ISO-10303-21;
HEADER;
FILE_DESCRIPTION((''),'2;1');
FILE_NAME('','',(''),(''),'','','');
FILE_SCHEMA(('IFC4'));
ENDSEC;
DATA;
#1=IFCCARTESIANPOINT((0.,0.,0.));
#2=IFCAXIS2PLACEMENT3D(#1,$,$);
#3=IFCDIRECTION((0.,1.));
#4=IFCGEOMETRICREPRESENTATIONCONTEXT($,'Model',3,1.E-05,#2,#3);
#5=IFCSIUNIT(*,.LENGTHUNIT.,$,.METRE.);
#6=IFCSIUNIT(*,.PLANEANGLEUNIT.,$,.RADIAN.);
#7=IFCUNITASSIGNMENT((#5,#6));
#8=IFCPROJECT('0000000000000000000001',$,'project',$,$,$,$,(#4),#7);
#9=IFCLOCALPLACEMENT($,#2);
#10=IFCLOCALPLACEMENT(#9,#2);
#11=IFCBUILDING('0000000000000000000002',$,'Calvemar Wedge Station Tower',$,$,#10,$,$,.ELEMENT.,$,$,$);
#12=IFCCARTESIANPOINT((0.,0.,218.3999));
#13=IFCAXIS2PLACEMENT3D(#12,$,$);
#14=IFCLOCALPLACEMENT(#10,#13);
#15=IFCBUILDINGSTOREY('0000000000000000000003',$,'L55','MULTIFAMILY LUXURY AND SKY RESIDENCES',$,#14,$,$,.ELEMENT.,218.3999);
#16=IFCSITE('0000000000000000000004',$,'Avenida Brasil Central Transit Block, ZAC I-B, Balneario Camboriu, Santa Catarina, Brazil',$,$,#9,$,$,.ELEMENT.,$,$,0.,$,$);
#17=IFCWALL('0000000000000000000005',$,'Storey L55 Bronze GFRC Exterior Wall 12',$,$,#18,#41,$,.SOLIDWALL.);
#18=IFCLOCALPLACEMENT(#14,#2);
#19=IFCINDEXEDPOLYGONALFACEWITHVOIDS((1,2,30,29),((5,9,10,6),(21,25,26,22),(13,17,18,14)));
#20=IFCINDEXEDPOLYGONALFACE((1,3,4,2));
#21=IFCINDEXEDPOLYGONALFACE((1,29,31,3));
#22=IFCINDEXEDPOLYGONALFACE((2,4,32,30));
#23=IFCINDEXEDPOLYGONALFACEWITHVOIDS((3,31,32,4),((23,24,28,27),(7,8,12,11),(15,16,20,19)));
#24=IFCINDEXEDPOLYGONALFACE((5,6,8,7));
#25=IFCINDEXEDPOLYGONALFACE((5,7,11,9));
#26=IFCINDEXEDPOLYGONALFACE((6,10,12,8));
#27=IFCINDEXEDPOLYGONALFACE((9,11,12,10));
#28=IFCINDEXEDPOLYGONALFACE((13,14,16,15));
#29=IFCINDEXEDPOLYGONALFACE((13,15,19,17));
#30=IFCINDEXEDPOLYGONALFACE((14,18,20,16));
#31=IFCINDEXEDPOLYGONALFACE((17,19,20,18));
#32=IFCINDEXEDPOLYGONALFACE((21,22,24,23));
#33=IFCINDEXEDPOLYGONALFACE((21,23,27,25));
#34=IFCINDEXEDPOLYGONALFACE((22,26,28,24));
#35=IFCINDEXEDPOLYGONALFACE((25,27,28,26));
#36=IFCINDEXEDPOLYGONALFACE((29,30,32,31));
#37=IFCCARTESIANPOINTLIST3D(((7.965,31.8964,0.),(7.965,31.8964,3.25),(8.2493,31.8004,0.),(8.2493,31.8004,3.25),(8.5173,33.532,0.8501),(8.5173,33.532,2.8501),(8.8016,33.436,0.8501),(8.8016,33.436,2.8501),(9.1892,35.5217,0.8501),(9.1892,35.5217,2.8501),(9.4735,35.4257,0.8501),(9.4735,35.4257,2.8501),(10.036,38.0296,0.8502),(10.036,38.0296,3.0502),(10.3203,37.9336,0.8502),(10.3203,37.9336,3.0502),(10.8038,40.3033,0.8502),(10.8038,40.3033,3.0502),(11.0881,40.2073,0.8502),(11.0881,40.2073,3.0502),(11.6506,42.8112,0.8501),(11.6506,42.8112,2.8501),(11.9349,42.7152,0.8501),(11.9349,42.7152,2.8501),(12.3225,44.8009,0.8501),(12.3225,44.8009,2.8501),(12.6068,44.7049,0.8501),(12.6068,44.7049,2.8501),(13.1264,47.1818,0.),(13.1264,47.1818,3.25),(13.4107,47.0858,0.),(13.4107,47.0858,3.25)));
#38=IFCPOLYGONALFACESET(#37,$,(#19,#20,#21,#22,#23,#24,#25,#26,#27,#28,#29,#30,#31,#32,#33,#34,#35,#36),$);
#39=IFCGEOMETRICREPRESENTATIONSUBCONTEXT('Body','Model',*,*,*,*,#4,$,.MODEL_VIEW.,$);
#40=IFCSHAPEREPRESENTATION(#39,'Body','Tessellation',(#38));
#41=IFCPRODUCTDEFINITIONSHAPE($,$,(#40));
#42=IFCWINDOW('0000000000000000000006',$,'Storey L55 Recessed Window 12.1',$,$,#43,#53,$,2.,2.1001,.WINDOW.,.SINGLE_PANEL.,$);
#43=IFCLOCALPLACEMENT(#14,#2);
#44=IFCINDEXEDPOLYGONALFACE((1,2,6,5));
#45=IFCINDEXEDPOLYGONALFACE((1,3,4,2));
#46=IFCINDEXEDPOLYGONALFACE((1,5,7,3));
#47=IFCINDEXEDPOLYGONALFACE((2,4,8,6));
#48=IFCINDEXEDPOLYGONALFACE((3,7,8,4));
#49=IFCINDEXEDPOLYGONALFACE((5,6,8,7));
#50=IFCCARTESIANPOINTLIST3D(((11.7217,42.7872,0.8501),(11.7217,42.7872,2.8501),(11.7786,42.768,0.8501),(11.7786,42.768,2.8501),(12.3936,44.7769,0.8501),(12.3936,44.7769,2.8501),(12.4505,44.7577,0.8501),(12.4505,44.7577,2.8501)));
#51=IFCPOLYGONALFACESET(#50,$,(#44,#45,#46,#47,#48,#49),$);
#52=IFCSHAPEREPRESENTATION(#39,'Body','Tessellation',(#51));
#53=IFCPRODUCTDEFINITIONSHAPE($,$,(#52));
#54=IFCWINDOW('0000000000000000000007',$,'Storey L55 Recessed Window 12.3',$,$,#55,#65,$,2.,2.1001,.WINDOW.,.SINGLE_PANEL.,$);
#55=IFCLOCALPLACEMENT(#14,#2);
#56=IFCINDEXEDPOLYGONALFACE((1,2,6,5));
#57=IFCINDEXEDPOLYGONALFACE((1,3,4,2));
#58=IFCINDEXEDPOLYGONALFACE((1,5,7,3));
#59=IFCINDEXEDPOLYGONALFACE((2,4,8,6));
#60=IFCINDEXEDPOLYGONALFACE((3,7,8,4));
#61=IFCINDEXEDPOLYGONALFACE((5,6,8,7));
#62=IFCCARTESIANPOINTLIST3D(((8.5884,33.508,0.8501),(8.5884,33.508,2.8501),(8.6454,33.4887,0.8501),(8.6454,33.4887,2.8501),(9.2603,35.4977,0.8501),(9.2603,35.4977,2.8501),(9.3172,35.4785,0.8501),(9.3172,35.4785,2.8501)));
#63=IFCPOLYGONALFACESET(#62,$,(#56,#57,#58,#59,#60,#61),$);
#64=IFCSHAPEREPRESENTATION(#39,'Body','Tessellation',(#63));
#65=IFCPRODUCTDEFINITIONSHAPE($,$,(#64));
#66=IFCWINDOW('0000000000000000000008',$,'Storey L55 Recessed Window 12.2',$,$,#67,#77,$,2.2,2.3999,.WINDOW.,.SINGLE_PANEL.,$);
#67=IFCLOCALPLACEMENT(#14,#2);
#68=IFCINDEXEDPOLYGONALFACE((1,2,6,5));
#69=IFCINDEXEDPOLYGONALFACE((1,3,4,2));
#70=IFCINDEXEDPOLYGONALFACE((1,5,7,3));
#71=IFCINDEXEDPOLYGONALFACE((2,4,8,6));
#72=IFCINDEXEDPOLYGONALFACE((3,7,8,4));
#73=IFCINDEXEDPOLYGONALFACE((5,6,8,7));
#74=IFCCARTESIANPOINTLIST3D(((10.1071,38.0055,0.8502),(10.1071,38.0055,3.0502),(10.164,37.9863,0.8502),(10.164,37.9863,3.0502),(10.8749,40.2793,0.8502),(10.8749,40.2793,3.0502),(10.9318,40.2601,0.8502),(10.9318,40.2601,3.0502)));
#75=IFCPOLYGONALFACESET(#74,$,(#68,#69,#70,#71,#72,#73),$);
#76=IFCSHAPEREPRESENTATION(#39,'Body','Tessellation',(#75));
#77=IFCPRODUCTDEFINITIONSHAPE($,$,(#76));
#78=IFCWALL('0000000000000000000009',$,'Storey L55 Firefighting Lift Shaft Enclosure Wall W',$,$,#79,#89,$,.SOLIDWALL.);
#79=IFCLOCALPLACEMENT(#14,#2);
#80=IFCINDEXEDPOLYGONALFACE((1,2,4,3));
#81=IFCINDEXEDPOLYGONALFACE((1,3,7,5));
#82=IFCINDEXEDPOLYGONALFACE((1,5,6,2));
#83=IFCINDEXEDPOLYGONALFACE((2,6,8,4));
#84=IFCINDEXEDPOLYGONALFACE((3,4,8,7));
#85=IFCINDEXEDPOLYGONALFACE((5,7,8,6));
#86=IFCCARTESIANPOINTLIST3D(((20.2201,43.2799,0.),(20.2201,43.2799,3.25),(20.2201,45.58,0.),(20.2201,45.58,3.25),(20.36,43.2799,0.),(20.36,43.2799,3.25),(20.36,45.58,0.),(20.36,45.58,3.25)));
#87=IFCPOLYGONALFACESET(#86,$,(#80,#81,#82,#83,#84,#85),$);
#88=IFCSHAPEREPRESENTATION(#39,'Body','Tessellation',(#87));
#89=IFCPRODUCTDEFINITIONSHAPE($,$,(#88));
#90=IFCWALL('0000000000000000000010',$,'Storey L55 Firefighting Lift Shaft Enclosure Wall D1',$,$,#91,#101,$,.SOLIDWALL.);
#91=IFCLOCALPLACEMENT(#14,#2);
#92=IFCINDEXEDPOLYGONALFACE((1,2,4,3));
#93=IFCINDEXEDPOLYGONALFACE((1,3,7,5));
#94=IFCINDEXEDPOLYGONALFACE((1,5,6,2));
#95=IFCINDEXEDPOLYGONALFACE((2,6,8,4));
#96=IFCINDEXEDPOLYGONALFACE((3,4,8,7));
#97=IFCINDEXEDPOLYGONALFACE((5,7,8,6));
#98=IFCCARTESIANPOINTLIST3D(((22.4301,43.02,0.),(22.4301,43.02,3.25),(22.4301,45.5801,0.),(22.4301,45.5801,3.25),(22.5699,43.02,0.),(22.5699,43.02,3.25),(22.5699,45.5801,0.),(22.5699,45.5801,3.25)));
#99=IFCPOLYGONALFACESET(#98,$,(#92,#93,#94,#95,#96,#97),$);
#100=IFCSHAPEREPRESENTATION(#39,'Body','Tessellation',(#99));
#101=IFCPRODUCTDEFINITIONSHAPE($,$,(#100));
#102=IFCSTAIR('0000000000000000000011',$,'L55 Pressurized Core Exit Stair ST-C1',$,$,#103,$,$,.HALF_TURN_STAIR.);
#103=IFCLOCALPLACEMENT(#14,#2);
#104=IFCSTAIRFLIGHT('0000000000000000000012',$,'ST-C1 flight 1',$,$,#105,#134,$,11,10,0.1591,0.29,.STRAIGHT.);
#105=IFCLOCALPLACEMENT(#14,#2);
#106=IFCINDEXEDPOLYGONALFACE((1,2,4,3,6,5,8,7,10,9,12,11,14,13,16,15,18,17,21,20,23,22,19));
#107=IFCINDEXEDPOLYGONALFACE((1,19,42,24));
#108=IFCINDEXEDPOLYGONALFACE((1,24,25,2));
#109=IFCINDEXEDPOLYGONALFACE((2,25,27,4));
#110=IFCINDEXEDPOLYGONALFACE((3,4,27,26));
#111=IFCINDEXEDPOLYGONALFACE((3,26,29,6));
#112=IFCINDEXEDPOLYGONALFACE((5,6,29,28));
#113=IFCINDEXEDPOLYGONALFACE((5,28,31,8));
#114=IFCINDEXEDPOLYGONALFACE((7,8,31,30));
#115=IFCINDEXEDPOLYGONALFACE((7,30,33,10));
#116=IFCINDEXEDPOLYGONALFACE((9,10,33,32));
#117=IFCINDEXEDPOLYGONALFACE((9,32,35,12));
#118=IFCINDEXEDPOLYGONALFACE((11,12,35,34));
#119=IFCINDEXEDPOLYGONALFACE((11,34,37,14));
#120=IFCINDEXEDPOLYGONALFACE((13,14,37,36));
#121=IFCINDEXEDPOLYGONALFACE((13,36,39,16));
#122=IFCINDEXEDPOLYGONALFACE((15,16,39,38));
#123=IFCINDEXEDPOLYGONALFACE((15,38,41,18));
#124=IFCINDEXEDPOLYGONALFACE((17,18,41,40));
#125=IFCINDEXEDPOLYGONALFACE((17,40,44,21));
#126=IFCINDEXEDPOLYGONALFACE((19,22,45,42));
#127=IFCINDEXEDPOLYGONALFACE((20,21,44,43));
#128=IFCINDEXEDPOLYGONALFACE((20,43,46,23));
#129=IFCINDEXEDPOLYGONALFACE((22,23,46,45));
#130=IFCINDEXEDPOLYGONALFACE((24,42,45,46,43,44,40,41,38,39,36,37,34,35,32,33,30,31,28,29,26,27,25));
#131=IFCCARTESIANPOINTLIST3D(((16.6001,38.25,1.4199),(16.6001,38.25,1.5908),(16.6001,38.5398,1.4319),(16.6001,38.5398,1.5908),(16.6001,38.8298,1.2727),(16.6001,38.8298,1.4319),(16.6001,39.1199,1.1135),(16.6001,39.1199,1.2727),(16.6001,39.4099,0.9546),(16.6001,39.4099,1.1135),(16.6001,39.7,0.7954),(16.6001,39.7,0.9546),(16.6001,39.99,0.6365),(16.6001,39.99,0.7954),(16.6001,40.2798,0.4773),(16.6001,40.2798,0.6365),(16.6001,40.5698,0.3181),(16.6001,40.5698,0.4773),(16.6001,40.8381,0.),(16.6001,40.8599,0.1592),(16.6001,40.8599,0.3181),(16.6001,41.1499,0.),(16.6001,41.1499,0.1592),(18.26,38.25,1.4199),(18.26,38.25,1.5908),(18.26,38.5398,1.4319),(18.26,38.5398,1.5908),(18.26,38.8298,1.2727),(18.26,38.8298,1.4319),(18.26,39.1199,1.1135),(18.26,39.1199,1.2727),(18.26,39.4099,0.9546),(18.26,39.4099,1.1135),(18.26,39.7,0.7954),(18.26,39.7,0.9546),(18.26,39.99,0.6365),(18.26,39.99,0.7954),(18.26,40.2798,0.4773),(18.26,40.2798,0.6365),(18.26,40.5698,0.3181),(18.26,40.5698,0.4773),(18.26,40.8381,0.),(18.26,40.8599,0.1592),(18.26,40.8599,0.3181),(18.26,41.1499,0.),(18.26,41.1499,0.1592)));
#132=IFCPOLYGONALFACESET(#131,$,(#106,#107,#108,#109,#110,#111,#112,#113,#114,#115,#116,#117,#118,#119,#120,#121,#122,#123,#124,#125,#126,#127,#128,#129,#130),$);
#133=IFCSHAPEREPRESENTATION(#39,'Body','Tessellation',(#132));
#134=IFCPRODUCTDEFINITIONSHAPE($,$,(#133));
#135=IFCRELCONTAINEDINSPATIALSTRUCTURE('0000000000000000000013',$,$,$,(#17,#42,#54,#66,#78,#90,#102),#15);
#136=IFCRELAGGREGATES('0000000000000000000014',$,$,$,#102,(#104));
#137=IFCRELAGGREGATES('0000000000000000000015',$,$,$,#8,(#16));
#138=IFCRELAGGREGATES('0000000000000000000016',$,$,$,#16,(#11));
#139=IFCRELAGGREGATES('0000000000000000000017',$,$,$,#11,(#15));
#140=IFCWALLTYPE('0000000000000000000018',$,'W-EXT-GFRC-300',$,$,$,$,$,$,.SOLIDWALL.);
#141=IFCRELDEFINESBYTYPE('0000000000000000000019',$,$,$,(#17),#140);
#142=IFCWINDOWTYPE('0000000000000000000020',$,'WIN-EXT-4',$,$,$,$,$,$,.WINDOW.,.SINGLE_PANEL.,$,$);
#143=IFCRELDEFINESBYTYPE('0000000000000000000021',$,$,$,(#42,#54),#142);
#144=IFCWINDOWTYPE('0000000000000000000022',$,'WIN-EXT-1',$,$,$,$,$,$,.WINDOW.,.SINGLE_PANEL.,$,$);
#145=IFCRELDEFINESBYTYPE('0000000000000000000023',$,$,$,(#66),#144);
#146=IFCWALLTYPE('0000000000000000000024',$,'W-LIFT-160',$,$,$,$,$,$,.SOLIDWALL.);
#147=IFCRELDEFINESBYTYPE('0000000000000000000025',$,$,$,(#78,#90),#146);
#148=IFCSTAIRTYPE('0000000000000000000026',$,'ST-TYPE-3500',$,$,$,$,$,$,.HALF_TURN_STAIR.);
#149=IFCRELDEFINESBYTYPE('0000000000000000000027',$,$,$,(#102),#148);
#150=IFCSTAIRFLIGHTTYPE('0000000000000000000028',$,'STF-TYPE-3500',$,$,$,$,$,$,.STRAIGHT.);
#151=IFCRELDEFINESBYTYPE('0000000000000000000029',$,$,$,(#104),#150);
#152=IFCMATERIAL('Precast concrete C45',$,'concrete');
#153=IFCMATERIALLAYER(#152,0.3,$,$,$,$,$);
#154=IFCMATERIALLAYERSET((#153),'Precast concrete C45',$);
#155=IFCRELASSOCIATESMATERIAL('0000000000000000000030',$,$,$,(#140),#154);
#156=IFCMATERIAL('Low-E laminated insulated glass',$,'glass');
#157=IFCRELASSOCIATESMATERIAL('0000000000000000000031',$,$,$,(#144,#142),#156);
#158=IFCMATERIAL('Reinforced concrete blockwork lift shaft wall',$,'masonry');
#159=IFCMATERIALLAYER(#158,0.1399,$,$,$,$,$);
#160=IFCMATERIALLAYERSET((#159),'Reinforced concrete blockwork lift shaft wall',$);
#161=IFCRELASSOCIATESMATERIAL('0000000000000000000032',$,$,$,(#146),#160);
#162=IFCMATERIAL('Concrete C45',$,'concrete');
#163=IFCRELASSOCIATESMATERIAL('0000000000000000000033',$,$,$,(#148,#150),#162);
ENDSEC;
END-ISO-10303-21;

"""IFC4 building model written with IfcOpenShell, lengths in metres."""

from ifc_helpers import new_model, si_unit, direction, frame, frame_2d, origin, place, context, subcontext, project, spatial, polyline, rectangle, outline, extrude, source, transform, mapped, material, layer, layer_set, type_object, element, fill, aggregate, save


model = new_model("IFC4")

# Units and contexts
model_context = context("Model", 3, precision=1e-05, world=origin(), true_north=direction((0.0, 1.0)))
body_context = subcontext(model_context, "Body", "Model", "MODEL_VIEW")
ifc_project = project(units=[si_unit("LENGTHUNIT", "METRE"), si_unit("PLANEANGLEUNIT", "RADIAN")], contexts=[model_context])

# Site, building, storey
site_placement = place(None, origin())
site = spatial("IfcSite", under=ifc_project, at=site_placement, Name="Avenida Brasil Central Transit Block, ZAC I-B, Balneario Camboriu, Santa Catarina, Brazil", CompositionType="ELEMENT", RefElevation=0.0)
building_placement = place(site_placement, origin())
building = spatial("IfcBuilding", under=site, at=building_placement, Name="Calvemar Wedge Station Tower", CompositionType="ELEMENT")
storey_placement = place(building_placement, frame((0.0, 0.0, 218.3999)))
storey = spatial("IfcBuildingStorey", under=building, at=storey_placement, Name="L55", Description="MULTIFAMILY LUXURY AND SKY RESIDENCES", CompositionType="ELEMENT", Elevation=218.3999)

# Shared definitions
ifc_material_1 = material(Name="Precast concrete C45", Category="concrete")
ifc_layer_1 = layer(ifc_material_1, 0.3)
ifc_layer_set_1 = layer_set([ifc_layer_1], Name="Precast concrete C45")
wall_type_1 = type_object("IfcWallType", Name="W-EXT-GFRC-300", PredefinedType="SOLIDWALL", material=ifc_layer_set_1)
shared_shape_1 = source(origin(), body_context, "Body", "SweptSolid", [
    extrude(rectangle(XDim=2.3999, YDim=2.2, at=frame_2d((1.2, 1.1001))), frame((0.0, 0.1602, 0.0), z_axis=(0.0, -1.0, 0.0), x_axis=(1.0, 0.0, 0.0)), (0.0, 0.0, 1.0), 0.3201),
])
ifc_material_2 = material(Name="Low-E laminated insulated glass", Category="glass")
window_type_1 = type_object("IfcWindowType", Name="WIN-EXT-1", PartitioningType="SINGLE_PANEL", PredefinedType="WINDOW", material=ifc_material_2)
shared_shape_2 = source(origin(), body_context, "Body", "SweptSolid", [
    extrude(rectangle(XDim=2.3999, YDim=2.2, at=frame_2d((1.2, 1.1001))), frame((0.0, -0.0149, 0.0), z_axis=(0.0, -1.0, 0.0), x_axis=(1.0, 0.0, 0.0)), (0.0, 0.0, 1.0), 0.0601),
])

# Wall, openings, windows
wall_1_placement = place(storey_placement, frame((13.2686, 47.1338, 0.0), z_axis=(0.0, 0.0, 1.0), x_axis=(-0.319921, -0.947444, 0.0)))
wall_1 = element("IfcWall", 1, at=wall_1_placement, inside=storey, type_object=wall_type_1, Name="Storey L55 Bronze GFRC Exterior Wall 12", PredefinedType="SOLIDWALL", context=body_context, shape_type="SweptSolid", body=[
    extrude(rectangle(XDim=16.1333, YDim=0.3, at=frame_2d((8.0667, 0.0))), origin(), (0.0, 0.0, 1.0), 3.25),
])
shared_shape_3 = source(origin(), body_context, "Body", "SweptSolid", [
    extrude(rectangle(XDim=2.1001, YDim=2.0, at=frame_2d((1.05, 1.0))), frame((0.0, 0.1602, 0.0), z_axis=(0.0, -1.0, 0.0), x_axis=(1.0, 0.0, 0.0)), (0.0, 0.0, 1.0), 0.3201),
])
opening_1_placement = place(wall_1_placement, frame((2.5129, 0.0, 0.8501)))
opening_1 = element("IfcOpeningElement", 2, at=opening_1_placement, cuts=wall_1, PredefinedType="OPENING", context=body_context, shape_type="MappedRepresentation", body=[
    mapped(shared_shape_3, transform((0.0, 0.0, 0.0), scale=1.0)),
])
opening_2_placement = place(wall_1_placement, frame((7.26, 0.0, 0.8501)))
opening_2 = element("IfcOpeningElement", 3, at=opening_2_placement, cuts=wall_1, PredefinedType="OPENING", context=body_context, shape_type="MappedRepresentation", body=[
    mapped(shared_shape_1, transform((0.0, 0.0, 0.0), scale=1.0)),
])
opening_3_placement = place(wall_1_placement, frame((12.3069, 0.0, 0.8501)))
opening_3 = element("IfcOpeningElement", 4, at=opening_3_placement, cuts=wall_1, PredefinedType="OPENING", context=body_context, shape_type="MappedRepresentation", body=[
    mapped(shared_shape_3, transform((0.0, 0.0, 0.0), scale=1.0)),
])
window_type_2 = type_object("IfcWindowType", Name="WIN-EXT-4", PartitioningType="SINGLE_PANEL", PredefinedType="WINDOW", material=ifc_material_2)
shared_shape_4 = source(origin(), body_context, "Body", "SweptSolid", [
    extrude(rectangle(XDim=2.1001, YDim=2.0, at=frame_2d((1.05, 1.0))), frame((0.0, -0.0149, 0.0), z_axis=(0.0, -1.0, 0.0), x_axis=(1.0, 0.0, 0.0)), (0.0, 0.0, 1.0), 0.0601),
])
window_1_placement = place(opening_1_placement, origin())
window_1 = element("IfcWindow", 5, at=window_1_placement, inside=storey, type_object=window_type_2, Name="Storey L55 Recessed Window 12.1", OverallHeight=2.0, OverallWidth=2.1001, PartitioningType="SINGLE_PANEL", PredefinedType="WINDOW", context=body_context, shape_type="MappedRepresentation", body=[
    mapped(shared_shape_4, transform((0.0, 0.0, 0.0), scale=1.0)),
])
fill(opening_1, window_1)
window_2_placement = place(opening_3_placement, origin())
window_2 = element("IfcWindow", 6, at=window_2_placement, inside=storey, type_object=window_type_2, Name="Storey L55 Recessed Window 12.3", OverallHeight=2.0, OverallWidth=2.1001, PartitioningType="SINGLE_PANEL", PredefinedType="WINDOW", context=body_context, shape_type="MappedRepresentation", body=[
    mapped(shared_shape_4, transform((0.0, 0.0, 0.0), scale=1.0)),
])
fill(opening_3, window_2)
window_3_placement = place(opening_2_placement, origin())
window_3 = element("IfcWindow", 7, at=window_3_placement, inside=storey, type_object=window_type_1, Name="Storey L55 Recessed Window 12.2", OverallHeight=2.2, OverallWidth=2.3999, PartitioningType="SINGLE_PANEL", PredefinedType="WINDOW", context=body_context, shape_type="MappedRepresentation", body=[
    mapped(shared_shape_2, transform((0.0, 0.0, 0.0), scale=1.0)),
])
fill(opening_2, window_3)

# Shared definitions
ifc_material_3 = material(Name="Reinforced concrete blockwork lift shaft wall", Category="masonry")
ifc_layer_2 = layer(ifc_material_3, 0.1399)
ifc_layer_set_2 = layer_set([ifc_layer_2], Name="Reinforced concrete blockwork lift shaft wall")
wall_type_2 = type_object("IfcWallType", Name="W-LIFT-160", PredefinedType="SOLIDWALL", material=ifc_layer_set_2)

# Walls
wall_2_placement = place(storey_placement, frame((20.29, 43.28, 0.0), z_axis=(0.0, 0.0, 1.0), x_axis=(0.0, 1.0, 0.0)))
element("IfcWall", 8, at=wall_2_placement, inside=storey, type_object=wall_type_2, Name="Storey L55 Firefighting Lift Shaft Enclosure Wall W", PredefinedType="SOLIDWALL", context=body_context, shape_type="SweptSolid", body=[
    extrude(rectangle(XDim=2.3, YDim=0.1399, at=frame_2d((1.1499, 0.0))), origin(), (0.0, 0.0, 1.0), 3.25),
])
wall_3_placement = place(storey_placement, frame((22.5, 43.02, 0.0), z_axis=(0.0, 0.0, 1.0), x_axis=(0.0, 1.0, 0.0)))
element("IfcWall", 9, at=wall_3_placement, inside=storey, type_object=wall_type_2, Name="Storey L55 Firefighting Lift Shaft Enclosure Wall D1", PredefinedType="SOLIDWALL", context=body_context, shape_type="SweptSolid", body=[
    extrude(rectangle(XDim=2.5601, YDim=0.1399, at=frame_2d((1.28, 0.0))), origin(), (0.0, 0.0, 1.0), 3.25),
])

# Stair, stair flight
ifc_material_4 = material(Name="Concrete C45", Category="concrete")
stair_type = type_object("IfcStairType", Name="ST-TYPE-3500", PredefinedType="HALF_TURN_STAIR", material=ifc_material_4)
stair_placement = place(storey_placement, origin())
stair = element("IfcStair", 10, at=stair_placement, inside=storey, type_object=stair_type, Name="L55 Pressurized Core Exit Stair ST-C1", PredefinedType="HALF_TURN_STAIR")
stair_flight_type = type_object("IfcStairFlightType", Name="STF-TYPE-3500", PredefinedType="STRAIGHT", material=ifc_material_4)
stair_flight_placement = place(storey_placement, frame((17.4299, 41.1499, 0.0), z_axis=(0.0, 0.0, 1.0), x_axis=(0.0, -1.0, 0.0)))
stair_flight = element("IfcStairFlight", 11, at=stair_flight_placement, type_object=stair_flight_type, Name="ST-C1 flight 1", NumberOfRisers=11, NumberOfTreads=10, PredefinedType="STRAIGHT", RiserHeight=0.1591, TreadLength=0.29, context=body_context, shape_type="SweptSolid", body=[
    extrude(outline(polyline([(0.0, 0.0), (0.0, 0.1592), (0.29, 0.1592), (0.29, 0.3181), (0.5801, 0.3181), (0.5801, 0.4773), (0.8701, 0.4773), (0.8701, 0.6365), (1.1599, 0.6365), (1.1599, 0.7954), (1.45, 0.7954), (1.45, 0.9546), (1.74, 0.9546), (1.74, 1.1135), (2.03, 1.1135), (2.03, 1.2727), (2.3201, 1.2727), (2.3201, 1.4319), (2.6101, 1.4319), (2.6101, 1.5908), (2.8999, 1.5908), (2.8999, 1.75), (2.8999, 1.4199), (0.3118, 0.0), (0.0, 0.0)])), frame((0.0, 0.8301, 0.0), z_axis=(0.0, -1.0, 0.0), x_axis=(1.0, 0.0, 0.0)), (0.0, 0.0, 1.0), 1.6599),
])
aggregate(stair, [stair_flight])

save(model, "model.ifc")
